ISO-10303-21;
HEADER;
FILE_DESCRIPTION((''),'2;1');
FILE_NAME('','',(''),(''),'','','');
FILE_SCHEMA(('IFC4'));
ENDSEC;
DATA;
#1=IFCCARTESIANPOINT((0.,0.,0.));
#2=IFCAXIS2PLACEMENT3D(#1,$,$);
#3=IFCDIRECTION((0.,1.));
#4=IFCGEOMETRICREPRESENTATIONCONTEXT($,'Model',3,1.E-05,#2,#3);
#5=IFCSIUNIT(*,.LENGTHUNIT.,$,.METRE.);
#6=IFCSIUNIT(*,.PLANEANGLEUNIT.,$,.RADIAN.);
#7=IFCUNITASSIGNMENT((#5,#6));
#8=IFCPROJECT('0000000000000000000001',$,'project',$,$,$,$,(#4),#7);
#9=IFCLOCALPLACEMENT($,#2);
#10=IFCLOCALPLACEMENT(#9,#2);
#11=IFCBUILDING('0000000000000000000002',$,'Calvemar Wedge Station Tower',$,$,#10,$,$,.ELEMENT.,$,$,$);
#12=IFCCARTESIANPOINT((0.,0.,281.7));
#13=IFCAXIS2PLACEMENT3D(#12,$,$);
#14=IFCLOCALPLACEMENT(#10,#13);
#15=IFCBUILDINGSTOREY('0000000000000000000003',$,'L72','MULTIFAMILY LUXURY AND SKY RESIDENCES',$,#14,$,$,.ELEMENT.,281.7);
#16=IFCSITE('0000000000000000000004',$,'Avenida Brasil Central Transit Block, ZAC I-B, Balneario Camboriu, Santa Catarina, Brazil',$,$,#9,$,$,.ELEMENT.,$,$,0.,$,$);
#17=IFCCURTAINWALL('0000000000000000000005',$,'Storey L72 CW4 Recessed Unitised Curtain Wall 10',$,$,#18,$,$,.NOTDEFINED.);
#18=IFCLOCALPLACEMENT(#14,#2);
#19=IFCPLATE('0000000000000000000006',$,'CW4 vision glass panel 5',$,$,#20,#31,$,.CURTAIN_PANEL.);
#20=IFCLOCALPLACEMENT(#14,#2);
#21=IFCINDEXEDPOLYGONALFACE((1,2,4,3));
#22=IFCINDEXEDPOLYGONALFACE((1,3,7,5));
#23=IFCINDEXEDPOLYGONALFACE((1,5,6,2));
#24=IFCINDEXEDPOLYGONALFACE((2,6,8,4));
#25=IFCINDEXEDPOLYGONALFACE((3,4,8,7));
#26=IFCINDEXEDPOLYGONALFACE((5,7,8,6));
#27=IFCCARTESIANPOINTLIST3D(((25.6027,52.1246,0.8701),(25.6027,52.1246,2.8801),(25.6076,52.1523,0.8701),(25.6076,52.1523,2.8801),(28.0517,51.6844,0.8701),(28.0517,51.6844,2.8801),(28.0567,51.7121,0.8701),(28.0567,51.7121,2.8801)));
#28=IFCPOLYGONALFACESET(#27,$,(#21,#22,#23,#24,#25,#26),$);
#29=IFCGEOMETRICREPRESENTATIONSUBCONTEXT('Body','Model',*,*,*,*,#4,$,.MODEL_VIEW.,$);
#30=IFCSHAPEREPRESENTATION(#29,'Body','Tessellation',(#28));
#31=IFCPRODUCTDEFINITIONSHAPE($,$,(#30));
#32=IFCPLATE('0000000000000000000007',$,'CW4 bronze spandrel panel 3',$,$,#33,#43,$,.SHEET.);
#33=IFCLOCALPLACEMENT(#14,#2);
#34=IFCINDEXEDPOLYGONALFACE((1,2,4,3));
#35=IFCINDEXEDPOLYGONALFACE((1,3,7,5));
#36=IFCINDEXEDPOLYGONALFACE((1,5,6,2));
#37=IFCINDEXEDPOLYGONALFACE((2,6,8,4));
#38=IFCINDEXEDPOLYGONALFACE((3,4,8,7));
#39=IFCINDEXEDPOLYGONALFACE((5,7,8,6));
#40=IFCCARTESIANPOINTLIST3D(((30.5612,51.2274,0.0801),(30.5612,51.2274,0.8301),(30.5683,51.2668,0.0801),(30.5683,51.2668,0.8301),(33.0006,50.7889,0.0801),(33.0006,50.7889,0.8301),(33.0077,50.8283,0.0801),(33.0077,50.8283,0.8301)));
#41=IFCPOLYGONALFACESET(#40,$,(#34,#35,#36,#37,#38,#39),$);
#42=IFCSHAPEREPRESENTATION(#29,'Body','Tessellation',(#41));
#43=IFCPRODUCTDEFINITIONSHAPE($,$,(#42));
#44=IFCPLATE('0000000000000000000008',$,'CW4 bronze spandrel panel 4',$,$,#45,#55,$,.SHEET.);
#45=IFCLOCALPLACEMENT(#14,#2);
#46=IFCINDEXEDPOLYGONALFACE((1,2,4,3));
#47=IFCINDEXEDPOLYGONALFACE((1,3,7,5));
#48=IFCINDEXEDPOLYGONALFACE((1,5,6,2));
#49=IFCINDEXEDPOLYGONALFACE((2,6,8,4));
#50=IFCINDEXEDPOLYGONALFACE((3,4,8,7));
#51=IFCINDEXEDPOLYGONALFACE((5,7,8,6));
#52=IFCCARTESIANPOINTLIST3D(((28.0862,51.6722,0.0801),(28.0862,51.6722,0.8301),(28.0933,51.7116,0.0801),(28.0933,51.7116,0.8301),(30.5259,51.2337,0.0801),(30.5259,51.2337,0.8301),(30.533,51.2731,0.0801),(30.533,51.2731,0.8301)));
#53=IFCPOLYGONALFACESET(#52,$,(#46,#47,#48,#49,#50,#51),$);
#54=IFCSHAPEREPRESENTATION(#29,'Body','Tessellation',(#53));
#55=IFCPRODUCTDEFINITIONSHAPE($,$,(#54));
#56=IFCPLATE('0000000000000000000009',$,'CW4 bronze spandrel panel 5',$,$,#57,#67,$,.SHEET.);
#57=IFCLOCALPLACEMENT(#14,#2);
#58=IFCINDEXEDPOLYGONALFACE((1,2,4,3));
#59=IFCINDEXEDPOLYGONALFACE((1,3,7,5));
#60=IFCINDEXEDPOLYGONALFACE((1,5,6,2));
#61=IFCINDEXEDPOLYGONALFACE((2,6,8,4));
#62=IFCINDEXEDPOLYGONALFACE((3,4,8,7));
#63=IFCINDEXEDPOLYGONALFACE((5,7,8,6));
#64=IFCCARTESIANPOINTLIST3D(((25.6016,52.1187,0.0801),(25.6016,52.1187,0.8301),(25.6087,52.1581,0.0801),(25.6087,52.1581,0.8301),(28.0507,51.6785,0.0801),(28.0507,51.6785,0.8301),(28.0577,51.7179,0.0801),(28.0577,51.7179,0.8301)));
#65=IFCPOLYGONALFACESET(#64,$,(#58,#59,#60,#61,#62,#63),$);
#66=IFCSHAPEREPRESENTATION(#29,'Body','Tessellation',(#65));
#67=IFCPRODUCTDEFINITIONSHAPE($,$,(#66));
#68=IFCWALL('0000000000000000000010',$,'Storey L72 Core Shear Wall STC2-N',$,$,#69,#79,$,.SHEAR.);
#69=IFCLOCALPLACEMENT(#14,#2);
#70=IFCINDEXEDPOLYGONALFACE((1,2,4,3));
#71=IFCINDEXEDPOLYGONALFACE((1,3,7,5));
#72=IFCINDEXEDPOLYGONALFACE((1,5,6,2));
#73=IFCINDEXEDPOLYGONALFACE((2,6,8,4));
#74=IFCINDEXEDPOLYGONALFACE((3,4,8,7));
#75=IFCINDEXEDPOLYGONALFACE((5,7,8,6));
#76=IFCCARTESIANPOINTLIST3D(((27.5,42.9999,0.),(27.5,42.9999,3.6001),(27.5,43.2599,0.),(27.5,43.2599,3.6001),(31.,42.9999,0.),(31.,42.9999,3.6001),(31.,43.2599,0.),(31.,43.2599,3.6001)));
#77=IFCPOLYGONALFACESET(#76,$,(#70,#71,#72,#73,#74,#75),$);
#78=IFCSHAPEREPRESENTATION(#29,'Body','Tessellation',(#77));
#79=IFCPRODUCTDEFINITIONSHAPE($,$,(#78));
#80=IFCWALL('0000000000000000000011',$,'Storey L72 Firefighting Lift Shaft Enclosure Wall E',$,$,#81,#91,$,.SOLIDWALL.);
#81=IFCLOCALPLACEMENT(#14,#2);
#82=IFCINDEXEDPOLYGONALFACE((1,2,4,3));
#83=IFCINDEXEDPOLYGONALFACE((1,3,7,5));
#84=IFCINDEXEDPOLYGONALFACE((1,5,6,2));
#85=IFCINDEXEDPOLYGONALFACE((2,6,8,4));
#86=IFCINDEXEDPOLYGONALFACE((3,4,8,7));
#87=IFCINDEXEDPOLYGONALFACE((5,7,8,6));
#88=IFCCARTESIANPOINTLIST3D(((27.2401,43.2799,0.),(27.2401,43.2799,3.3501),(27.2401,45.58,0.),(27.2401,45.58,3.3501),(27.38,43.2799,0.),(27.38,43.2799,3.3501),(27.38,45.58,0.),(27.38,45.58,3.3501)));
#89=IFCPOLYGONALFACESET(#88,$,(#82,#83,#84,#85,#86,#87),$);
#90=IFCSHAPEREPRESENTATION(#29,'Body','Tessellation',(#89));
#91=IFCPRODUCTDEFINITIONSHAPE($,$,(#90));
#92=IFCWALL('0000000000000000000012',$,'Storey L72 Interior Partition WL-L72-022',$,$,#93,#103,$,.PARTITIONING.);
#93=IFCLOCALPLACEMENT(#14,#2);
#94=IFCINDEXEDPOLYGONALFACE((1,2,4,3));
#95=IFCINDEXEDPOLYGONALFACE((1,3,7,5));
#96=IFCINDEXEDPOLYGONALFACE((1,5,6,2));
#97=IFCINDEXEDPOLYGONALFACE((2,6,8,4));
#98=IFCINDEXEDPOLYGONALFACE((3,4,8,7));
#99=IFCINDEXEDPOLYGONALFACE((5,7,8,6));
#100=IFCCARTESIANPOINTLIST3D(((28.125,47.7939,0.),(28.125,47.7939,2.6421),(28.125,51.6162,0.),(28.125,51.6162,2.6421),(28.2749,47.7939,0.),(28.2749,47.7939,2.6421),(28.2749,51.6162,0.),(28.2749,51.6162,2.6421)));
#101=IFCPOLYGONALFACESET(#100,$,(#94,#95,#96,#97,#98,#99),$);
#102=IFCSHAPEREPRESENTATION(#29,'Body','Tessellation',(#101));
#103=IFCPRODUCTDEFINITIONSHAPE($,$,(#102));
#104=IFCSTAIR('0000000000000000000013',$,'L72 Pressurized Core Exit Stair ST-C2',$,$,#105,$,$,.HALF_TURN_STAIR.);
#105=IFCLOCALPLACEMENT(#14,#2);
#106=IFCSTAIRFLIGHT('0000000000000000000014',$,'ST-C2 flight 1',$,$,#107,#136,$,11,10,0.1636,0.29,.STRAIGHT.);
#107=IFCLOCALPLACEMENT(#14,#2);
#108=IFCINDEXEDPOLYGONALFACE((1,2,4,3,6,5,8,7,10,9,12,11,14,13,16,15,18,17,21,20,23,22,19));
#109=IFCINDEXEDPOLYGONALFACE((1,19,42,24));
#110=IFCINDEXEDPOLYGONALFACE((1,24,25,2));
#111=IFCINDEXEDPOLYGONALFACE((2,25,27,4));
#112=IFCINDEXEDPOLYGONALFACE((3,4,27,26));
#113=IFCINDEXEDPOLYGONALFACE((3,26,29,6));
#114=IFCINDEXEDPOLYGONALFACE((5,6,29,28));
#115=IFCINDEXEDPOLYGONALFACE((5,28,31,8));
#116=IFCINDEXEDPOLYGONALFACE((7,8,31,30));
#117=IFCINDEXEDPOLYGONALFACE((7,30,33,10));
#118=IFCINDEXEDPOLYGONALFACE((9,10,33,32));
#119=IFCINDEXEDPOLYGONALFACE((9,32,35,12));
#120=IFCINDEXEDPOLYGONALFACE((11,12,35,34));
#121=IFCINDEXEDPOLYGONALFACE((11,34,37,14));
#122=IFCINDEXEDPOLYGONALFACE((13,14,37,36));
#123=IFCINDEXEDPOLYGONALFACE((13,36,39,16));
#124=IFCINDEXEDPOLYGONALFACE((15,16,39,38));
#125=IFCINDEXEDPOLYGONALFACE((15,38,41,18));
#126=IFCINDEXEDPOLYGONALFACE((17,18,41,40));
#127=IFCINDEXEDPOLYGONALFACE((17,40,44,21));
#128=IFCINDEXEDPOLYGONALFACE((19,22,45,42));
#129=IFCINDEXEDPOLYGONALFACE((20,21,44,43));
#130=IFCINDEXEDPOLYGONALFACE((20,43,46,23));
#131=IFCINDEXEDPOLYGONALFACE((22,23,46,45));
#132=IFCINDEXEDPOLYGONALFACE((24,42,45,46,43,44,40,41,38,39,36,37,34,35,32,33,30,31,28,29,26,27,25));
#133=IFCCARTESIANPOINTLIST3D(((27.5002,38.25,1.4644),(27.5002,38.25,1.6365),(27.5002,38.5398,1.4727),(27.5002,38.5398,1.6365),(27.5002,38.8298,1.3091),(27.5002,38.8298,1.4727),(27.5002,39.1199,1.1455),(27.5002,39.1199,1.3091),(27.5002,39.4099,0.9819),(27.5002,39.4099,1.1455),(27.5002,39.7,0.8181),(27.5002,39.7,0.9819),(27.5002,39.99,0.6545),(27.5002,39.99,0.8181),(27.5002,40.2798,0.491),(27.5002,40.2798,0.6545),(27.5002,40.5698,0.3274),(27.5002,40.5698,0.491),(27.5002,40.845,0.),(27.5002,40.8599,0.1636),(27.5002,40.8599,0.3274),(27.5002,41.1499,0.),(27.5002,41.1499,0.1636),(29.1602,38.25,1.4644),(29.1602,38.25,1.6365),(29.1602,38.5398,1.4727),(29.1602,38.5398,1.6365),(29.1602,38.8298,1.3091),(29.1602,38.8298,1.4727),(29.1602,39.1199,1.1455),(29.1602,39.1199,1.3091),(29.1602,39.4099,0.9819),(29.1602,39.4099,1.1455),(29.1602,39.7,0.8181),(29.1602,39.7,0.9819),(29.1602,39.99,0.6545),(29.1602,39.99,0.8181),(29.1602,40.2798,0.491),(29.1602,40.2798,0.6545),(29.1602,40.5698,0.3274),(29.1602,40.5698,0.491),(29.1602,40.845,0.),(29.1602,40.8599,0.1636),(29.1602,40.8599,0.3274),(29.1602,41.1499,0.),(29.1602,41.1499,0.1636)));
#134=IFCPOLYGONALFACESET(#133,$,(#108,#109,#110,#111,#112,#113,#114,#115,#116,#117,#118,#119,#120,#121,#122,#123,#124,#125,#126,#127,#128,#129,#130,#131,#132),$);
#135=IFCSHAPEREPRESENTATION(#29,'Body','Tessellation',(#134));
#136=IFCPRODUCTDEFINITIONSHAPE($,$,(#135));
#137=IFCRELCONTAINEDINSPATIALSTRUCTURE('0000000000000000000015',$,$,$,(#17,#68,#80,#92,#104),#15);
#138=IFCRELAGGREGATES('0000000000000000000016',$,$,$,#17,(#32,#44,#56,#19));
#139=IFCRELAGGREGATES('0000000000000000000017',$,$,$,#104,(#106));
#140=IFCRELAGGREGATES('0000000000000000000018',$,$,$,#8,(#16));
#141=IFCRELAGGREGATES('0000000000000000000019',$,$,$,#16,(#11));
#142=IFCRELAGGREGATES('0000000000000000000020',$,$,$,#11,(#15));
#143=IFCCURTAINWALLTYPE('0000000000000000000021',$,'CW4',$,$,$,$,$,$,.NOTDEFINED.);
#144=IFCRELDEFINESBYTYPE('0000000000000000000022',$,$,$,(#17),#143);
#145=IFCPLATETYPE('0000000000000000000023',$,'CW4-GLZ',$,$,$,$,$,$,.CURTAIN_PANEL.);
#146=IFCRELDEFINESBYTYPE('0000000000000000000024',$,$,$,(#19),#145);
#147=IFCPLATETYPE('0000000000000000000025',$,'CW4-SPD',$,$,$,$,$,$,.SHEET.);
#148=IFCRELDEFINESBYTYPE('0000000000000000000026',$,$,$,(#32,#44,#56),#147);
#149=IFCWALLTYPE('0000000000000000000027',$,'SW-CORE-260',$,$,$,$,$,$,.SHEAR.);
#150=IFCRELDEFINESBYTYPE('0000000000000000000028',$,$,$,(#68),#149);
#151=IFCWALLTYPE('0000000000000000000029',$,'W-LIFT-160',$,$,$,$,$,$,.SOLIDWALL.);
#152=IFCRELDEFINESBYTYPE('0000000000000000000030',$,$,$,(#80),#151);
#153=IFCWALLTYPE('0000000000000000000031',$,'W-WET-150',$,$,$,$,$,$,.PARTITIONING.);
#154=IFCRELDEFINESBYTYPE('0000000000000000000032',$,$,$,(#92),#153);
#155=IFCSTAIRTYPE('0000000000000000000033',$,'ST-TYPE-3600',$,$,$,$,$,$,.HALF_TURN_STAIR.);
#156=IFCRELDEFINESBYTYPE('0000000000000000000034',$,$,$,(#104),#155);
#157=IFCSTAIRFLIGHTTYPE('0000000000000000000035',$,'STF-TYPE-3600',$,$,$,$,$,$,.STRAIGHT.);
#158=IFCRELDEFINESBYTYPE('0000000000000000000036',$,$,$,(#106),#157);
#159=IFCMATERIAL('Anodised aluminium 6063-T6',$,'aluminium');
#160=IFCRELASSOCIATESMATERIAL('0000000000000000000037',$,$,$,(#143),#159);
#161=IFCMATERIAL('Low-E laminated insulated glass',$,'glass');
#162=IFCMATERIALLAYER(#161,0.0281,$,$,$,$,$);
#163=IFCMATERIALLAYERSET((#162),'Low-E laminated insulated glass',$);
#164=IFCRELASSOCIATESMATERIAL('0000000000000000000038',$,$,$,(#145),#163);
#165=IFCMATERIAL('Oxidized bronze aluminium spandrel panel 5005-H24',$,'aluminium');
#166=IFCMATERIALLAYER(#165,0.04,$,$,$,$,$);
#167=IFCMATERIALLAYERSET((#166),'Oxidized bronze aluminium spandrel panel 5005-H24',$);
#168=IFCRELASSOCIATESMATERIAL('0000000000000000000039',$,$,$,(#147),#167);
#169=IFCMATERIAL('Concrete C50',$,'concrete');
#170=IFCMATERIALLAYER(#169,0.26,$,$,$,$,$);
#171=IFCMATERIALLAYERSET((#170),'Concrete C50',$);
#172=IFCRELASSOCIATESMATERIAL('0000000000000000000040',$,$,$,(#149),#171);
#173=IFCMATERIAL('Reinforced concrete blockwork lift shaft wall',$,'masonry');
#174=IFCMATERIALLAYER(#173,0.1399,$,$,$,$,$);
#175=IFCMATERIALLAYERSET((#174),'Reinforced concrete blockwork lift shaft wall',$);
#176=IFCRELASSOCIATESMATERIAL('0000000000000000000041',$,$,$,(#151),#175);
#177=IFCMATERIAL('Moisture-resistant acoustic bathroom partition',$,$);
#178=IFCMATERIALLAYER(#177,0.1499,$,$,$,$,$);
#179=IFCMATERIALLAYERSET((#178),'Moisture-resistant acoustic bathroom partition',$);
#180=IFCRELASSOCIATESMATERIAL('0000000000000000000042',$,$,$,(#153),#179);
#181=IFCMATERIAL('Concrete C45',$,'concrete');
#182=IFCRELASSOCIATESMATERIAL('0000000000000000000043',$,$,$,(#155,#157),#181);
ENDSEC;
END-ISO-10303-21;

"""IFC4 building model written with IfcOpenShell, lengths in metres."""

from ifc_helpers import new_model, si_unit, direction, frame, frame_2d, origin, place, context, subcontext, project, spatial, polyline, rectangle, outline, extrude, material, layer, layer_set, type_object, element, aggregate, save


model = new_model("IFC4")

# Units and contexts
model_context = context("Model", 3, precision=1e-05, world=origin(), true_north=direction((0.0, 1.0)))
body_context = subcontext(model_context, "Body", "Model", "MODEL_VIEW")
ifc_project = project(units=[si_unit("LENGTHUNIT", "METRE"), si_unit("PLANEANGLEUNIT", "RADIAN")], contexts=[model_context])

# Site, building, storey
site_placement = place(None, origin())
site = spatial("IfcSite", under=ifc_project, at=site_placement, Name="Avenida Brasil Central Transit Block, ZAC I-B, Balneario Camboriu, Santa Catarina, Brazil", CompositionType="ELEMENT", RefElevation=0.0)
building_placement = place(site_placement, origin())
building = spatial("IfcBuilding", under=site, at=building_placement, Name="Calvemar Wedge Station Tower", CompositionType="ELEMENT")
storey_placement = place(building_placement, frame((0.0, 0.0, 281.7)))
storey = spatial("IfcBuildingStorey", under=building, at=storey_placement, Name="L72", Description="MULTIFAMILY LUXURY AND SKY RESIDENCES", CompositionType="ELEMENT", Elevation=281.7)

# Shared definitions
ifc_material_1 = material(Name="Concrete C50", Category="concrete")

# Curtain wall, plates
ifc_material_2 = material(Name="Anodised aluminium 6063-T6", Category="aluminium")
curtain_wall_type = type_object("IfcCurtainWallType", Name="CW4", PredefinedType="NOTDEFINED", material=ifc_material_2)
curtain_wall_placement = place(storey_placement, origin())
curtain_wall = element("IfcCurtainWall", 1, at=curtain_wall_placement, inside=storey, type_object=curtain_wall_type, Name="Storey L72 CW4 Recessed Unitised Curtain Wall 10", PredefinedType="NOTDEFINED")
ifc_material_3 = material(Name="Low-E laminated insulated glass", Category="glass")
ifc_layer_1 = layer(ifc_material_3, 0.0281)
ifc_layer_set_1 = layer_set([ifc_layer_1], Name="Low-E laminated insulated glass")
plate_type_1 = type_object("IfcPlateType", Name="CW4-GLZ", PredefinedType="CURTAIN_PANEL", material=ifc_layer_set_1)
plate_1_placement = place(storey_placement, frame((28.0542, 51.6982, 0.8701), z_axis=(0.0, 0.0, 1.0), x_axis=(-0.984227, 0.176908, 0.0)))
plate_1 = element("IfcPlate", 2, at=plate_1_placement, type_object=plate_type_1, Name="CW4 vision glass panel 5", PredefinedType="CURTAIN_PANEL", context=body_context, shape_type="SweptSolid", body=[
    extrude(rectangle(XDim=2.4883, YDim=0.0281, at=frame_2d((1.2441, 0.0))), origin(), (0.0, 0.0, 1.0), 2.01),
])
ifc_material_4 = material(Name="Oxidized bronze aluminium spandrel panel 5005-H24", Category="aluminium")
ifc_layer_2 = layer(ifc_material_4, 0.04)
ifc_layer_set_2 = layer_set([ifc_layer_2], Name="Oxidized bronze aluminium spandrel panel 5005-H24")
plate_type_2 = type_object("IfcPlateType", Name="CW4-SPD", PredefinedType="SHEET", material=ifc_layer_set_2)
plate_2_placement = place(storey_placement, frame((33.0042, 50.8086, 0.0801), z_axis=(0.0, 0.0, 1.0), x_axis=(-0.984227, 0.176909, 0.0)))
plate_2 = element("IfcPlate", 3, at=plate_2_placement, type_object=plate_type_2, Name="CW4 bronze spandrel panel 3", PredefinedType="SHEET", context=body_context, shape_type="SweptSolid", body=[
    extrude(rectangle(XDim=2.4785, YDim=0.04, at=frame_2d((1.2393, 0.0))), origin(), (0.0, 0.0, 1.0), 0.75),
])
plate_3_placement = place(storey_placement, frame((30.5293, 51.2534, 0.0801), z_axis=(0.0, 0.0, 1.0), x_axis=(-0.98423, 0.176892, 0.0)))
plate_3 = element("IfcPlate", 4, at=plate_3_placement, type_object=plate_type_2, Name="CW4 bronze spandrel panel 4", PredefinedType="SHEET", context=body_context, shape_type="SweptSolid", body=[
    extrude(rectangle(XDim=2.4788, YDim=0.04, at=frame_2d((1.2393, 0.0))), origin(), (0.0, 0.0, 1.0), 0.75),
])
plate_4_placement = place(storey_placement, frame((28.0542, 51.6982, 0.0801), z_axis=(0.0, 0.0, 1.0), x_axis=(-0.984227, 0.176908, 0.0)))
plate_4 = element("IfcPlate", 5, at=plate_4_placement, type_object=plate_type_2, Name="CW4 bronze spandrel panel 5", PredefinedType="SHEET", context=body_context, shape_type="SweptSolid", body=[
    extrude(rectangle(XDim=2.4883, YDim=0.04, at=frame_2d((1.2441, 0.0))), origin(), (0.0, 0.0, 1.0), 0.75),
])
aggregate(curtain_wall, [plate_2, plate_3, plate_4, plate_1])

# Wall
ifc_layer_3 = layer(ifc_material_1, 0.26)
ifc_layer_set_3 = layer_set([ifc_layer_3], Name="Concrete C50")
wall_type_1 = type_object("IfcWallType", Name="SW-CORE-260", PredefinedType="SHEAR", material=ifc_layer_set_3)
wall_1_placement = place(storey_placement, frame((27.5, 43.1299, 0.0), z_axis=(0.0, 0.0, 1.0), x_axis=(1.0, 0.0, 0.0)))
element("IfcWall", 6, at=wall_1_placement, inside=storey, type_object=wall_type_1, Name="Storey L72 Core Shear Wall STC2-N", PredefinedType="SHEAR", context=body_context, shape_type="SweptSolid", body=[
    extrude(rectangle(XDim=3.5, YDim=0.26, at=frame_2d((1.75, 0.0))), origin(), (0.0, 0.0, 1.0), 3.6001),
])

# Walls
ifc_material_5 = material(Name="Reinforced concrete blockwork lift shaft wall", Category="masonry")
ifc_layer_4 = layer(ifc_material_5, 0.1399)
ifc_layer_set_4 = layer_set([ifc_layer_4], Name="Reinforced concrete blockwork lift shaft wall")
wall_type_2 = type_object("IfcWallType", Name="W-LIFT-160", PredefinedType="SOLIDWALL", material=ifc_layer_set_4)
wall_2_placement = place(storey_placement, frame((27.3101, 43.28, 0.0), z_axis=(0.0, 0.0, 1.0), x_axis=(0.0, 1.0, 0.0)))
element("IfcWall", 7, at=wall_2_placement, inside=storey, type_object=wall_type_2, Name="Storey L72 Firefighting Lift Shaft Enclosure Wall E", PredefinedType="SOLIDWALL", context=body_context, shape_type="SweptSolid", body=[
    extrude(rectangle(XDim=2.3, YDim=0.1399, at=frame_2d((1.1499, 0.0))), origin(), (0.0, 0.0, 1.0), 3.3501),
])
ifc_material_6 = material(Name="Moisture-resistant acoustic bathroom partition")
ifc_layer_5 = layer(ifc_material_6, 0.1499)
ifc_layer_set_5 = layer_set([ifc_layer_5], Name="Moisture-resistant acoustic bathroom partition")
wall_type_3 = type_object("IfcWallType", Name="W-WET-150", PredefinedType="PARTITIONING", material=ifc_layer_set_5)
wall_3_placement = place(storey_placement, frame((28.2, 51.6162, 0.0), z_axis=(0.0, 0.0, 1.0), x_axis=(0.0, -1.0, 0.0)))
element("IfcWall", 8, at=wall_3_placement, inside=storey, type_object=wall_type_3, Name="Storey L72 Interior Partition WL-L72-022", PredefinedType="PARTITIONING", context=body_context, shape_type="SweptSolid", body=[
    extrude(rectangle(XDim=3.8223, YDim=0.1499, at=frame_2d((1.9111, 0.0))), origin(), (0.0, 0.0, 1.0), 2.6421),
])

# Stair, stair flight
ifc_material_7 = material(Name="Concrete C45", Category="concrete")
stair_type = type_object("IfcStairType", Name="ST-TYPE-3600", PredefinedType="HALF_TURN_STAIR", material=ifc_material_7)
stair_placement = place(storey_placement, origin())
stair = element("IfcStair", 9, at=stair_placement, inside=storey, type_object=stair_type, Name="L72 Pressurized Core Exit Stair ST-C2", PredefinedType="HALF_TURN_STAIR")
stair_flight_type = type_object("IfcStairFlightType", Name="STF-TYPE-3600", PredefinedType="STRAIGHT", material=ifc_material_7)
stair_flight_placement = place(storey_placement, frame((28.3301, 41.1499, 0.0), z_axis=(0.0, 0.0, 1.0), x_axis=(0.0, -1.0, 0.0)))
stair_flight = element("IfcStairFlight", 10, at=stair_flight_placement, type_object=stair_flight_type, Name="ST-C2 flight 1", NumberOfRisers=11, NumberOfTreads=10, PredefinedType="STRAIGHT", RiserHeight=0.1636, TreadLength=0.29, context=body_context, shape_type="SweptSolid", body=[
    extrude(outline(polyline([(0.0, 0.0), (0.0, 0.1636), (0.29, 0.1636), (0.29, 0.3274), (0.5801, 0.3274), (0.5801, 0.491), (0.8701, 0.491), (0.8701, 0.6545), (1.1599, 0.6545), (1.1599, 0.8181), (1.45, 0.8181), (1.45, 0.9819), (1.74, 0.9819), (1.74, 1.1455), (2.03, 1.1455), (2.03, 1.3091), (2.3201, 1.3091), (2.3201, 1.4727), (2.6101, 1.4727), (2.6101, 1.6365), (2.8999, 1.6365), (2.8999, 1.8), (2.8999, 1.4644), (0.3049, 0.0), (0.0, 0.0)])), frame((0.0, 0.8301, 0.0), z_axis=(0.0, -1.0, 0.0), x_axis=(1.0, 0.0, 0.0)), (0.0, 0.0, 1.0), 1.6599),
])
aggregate(stair, [stair_flight])

save(model, "model.ifc")
